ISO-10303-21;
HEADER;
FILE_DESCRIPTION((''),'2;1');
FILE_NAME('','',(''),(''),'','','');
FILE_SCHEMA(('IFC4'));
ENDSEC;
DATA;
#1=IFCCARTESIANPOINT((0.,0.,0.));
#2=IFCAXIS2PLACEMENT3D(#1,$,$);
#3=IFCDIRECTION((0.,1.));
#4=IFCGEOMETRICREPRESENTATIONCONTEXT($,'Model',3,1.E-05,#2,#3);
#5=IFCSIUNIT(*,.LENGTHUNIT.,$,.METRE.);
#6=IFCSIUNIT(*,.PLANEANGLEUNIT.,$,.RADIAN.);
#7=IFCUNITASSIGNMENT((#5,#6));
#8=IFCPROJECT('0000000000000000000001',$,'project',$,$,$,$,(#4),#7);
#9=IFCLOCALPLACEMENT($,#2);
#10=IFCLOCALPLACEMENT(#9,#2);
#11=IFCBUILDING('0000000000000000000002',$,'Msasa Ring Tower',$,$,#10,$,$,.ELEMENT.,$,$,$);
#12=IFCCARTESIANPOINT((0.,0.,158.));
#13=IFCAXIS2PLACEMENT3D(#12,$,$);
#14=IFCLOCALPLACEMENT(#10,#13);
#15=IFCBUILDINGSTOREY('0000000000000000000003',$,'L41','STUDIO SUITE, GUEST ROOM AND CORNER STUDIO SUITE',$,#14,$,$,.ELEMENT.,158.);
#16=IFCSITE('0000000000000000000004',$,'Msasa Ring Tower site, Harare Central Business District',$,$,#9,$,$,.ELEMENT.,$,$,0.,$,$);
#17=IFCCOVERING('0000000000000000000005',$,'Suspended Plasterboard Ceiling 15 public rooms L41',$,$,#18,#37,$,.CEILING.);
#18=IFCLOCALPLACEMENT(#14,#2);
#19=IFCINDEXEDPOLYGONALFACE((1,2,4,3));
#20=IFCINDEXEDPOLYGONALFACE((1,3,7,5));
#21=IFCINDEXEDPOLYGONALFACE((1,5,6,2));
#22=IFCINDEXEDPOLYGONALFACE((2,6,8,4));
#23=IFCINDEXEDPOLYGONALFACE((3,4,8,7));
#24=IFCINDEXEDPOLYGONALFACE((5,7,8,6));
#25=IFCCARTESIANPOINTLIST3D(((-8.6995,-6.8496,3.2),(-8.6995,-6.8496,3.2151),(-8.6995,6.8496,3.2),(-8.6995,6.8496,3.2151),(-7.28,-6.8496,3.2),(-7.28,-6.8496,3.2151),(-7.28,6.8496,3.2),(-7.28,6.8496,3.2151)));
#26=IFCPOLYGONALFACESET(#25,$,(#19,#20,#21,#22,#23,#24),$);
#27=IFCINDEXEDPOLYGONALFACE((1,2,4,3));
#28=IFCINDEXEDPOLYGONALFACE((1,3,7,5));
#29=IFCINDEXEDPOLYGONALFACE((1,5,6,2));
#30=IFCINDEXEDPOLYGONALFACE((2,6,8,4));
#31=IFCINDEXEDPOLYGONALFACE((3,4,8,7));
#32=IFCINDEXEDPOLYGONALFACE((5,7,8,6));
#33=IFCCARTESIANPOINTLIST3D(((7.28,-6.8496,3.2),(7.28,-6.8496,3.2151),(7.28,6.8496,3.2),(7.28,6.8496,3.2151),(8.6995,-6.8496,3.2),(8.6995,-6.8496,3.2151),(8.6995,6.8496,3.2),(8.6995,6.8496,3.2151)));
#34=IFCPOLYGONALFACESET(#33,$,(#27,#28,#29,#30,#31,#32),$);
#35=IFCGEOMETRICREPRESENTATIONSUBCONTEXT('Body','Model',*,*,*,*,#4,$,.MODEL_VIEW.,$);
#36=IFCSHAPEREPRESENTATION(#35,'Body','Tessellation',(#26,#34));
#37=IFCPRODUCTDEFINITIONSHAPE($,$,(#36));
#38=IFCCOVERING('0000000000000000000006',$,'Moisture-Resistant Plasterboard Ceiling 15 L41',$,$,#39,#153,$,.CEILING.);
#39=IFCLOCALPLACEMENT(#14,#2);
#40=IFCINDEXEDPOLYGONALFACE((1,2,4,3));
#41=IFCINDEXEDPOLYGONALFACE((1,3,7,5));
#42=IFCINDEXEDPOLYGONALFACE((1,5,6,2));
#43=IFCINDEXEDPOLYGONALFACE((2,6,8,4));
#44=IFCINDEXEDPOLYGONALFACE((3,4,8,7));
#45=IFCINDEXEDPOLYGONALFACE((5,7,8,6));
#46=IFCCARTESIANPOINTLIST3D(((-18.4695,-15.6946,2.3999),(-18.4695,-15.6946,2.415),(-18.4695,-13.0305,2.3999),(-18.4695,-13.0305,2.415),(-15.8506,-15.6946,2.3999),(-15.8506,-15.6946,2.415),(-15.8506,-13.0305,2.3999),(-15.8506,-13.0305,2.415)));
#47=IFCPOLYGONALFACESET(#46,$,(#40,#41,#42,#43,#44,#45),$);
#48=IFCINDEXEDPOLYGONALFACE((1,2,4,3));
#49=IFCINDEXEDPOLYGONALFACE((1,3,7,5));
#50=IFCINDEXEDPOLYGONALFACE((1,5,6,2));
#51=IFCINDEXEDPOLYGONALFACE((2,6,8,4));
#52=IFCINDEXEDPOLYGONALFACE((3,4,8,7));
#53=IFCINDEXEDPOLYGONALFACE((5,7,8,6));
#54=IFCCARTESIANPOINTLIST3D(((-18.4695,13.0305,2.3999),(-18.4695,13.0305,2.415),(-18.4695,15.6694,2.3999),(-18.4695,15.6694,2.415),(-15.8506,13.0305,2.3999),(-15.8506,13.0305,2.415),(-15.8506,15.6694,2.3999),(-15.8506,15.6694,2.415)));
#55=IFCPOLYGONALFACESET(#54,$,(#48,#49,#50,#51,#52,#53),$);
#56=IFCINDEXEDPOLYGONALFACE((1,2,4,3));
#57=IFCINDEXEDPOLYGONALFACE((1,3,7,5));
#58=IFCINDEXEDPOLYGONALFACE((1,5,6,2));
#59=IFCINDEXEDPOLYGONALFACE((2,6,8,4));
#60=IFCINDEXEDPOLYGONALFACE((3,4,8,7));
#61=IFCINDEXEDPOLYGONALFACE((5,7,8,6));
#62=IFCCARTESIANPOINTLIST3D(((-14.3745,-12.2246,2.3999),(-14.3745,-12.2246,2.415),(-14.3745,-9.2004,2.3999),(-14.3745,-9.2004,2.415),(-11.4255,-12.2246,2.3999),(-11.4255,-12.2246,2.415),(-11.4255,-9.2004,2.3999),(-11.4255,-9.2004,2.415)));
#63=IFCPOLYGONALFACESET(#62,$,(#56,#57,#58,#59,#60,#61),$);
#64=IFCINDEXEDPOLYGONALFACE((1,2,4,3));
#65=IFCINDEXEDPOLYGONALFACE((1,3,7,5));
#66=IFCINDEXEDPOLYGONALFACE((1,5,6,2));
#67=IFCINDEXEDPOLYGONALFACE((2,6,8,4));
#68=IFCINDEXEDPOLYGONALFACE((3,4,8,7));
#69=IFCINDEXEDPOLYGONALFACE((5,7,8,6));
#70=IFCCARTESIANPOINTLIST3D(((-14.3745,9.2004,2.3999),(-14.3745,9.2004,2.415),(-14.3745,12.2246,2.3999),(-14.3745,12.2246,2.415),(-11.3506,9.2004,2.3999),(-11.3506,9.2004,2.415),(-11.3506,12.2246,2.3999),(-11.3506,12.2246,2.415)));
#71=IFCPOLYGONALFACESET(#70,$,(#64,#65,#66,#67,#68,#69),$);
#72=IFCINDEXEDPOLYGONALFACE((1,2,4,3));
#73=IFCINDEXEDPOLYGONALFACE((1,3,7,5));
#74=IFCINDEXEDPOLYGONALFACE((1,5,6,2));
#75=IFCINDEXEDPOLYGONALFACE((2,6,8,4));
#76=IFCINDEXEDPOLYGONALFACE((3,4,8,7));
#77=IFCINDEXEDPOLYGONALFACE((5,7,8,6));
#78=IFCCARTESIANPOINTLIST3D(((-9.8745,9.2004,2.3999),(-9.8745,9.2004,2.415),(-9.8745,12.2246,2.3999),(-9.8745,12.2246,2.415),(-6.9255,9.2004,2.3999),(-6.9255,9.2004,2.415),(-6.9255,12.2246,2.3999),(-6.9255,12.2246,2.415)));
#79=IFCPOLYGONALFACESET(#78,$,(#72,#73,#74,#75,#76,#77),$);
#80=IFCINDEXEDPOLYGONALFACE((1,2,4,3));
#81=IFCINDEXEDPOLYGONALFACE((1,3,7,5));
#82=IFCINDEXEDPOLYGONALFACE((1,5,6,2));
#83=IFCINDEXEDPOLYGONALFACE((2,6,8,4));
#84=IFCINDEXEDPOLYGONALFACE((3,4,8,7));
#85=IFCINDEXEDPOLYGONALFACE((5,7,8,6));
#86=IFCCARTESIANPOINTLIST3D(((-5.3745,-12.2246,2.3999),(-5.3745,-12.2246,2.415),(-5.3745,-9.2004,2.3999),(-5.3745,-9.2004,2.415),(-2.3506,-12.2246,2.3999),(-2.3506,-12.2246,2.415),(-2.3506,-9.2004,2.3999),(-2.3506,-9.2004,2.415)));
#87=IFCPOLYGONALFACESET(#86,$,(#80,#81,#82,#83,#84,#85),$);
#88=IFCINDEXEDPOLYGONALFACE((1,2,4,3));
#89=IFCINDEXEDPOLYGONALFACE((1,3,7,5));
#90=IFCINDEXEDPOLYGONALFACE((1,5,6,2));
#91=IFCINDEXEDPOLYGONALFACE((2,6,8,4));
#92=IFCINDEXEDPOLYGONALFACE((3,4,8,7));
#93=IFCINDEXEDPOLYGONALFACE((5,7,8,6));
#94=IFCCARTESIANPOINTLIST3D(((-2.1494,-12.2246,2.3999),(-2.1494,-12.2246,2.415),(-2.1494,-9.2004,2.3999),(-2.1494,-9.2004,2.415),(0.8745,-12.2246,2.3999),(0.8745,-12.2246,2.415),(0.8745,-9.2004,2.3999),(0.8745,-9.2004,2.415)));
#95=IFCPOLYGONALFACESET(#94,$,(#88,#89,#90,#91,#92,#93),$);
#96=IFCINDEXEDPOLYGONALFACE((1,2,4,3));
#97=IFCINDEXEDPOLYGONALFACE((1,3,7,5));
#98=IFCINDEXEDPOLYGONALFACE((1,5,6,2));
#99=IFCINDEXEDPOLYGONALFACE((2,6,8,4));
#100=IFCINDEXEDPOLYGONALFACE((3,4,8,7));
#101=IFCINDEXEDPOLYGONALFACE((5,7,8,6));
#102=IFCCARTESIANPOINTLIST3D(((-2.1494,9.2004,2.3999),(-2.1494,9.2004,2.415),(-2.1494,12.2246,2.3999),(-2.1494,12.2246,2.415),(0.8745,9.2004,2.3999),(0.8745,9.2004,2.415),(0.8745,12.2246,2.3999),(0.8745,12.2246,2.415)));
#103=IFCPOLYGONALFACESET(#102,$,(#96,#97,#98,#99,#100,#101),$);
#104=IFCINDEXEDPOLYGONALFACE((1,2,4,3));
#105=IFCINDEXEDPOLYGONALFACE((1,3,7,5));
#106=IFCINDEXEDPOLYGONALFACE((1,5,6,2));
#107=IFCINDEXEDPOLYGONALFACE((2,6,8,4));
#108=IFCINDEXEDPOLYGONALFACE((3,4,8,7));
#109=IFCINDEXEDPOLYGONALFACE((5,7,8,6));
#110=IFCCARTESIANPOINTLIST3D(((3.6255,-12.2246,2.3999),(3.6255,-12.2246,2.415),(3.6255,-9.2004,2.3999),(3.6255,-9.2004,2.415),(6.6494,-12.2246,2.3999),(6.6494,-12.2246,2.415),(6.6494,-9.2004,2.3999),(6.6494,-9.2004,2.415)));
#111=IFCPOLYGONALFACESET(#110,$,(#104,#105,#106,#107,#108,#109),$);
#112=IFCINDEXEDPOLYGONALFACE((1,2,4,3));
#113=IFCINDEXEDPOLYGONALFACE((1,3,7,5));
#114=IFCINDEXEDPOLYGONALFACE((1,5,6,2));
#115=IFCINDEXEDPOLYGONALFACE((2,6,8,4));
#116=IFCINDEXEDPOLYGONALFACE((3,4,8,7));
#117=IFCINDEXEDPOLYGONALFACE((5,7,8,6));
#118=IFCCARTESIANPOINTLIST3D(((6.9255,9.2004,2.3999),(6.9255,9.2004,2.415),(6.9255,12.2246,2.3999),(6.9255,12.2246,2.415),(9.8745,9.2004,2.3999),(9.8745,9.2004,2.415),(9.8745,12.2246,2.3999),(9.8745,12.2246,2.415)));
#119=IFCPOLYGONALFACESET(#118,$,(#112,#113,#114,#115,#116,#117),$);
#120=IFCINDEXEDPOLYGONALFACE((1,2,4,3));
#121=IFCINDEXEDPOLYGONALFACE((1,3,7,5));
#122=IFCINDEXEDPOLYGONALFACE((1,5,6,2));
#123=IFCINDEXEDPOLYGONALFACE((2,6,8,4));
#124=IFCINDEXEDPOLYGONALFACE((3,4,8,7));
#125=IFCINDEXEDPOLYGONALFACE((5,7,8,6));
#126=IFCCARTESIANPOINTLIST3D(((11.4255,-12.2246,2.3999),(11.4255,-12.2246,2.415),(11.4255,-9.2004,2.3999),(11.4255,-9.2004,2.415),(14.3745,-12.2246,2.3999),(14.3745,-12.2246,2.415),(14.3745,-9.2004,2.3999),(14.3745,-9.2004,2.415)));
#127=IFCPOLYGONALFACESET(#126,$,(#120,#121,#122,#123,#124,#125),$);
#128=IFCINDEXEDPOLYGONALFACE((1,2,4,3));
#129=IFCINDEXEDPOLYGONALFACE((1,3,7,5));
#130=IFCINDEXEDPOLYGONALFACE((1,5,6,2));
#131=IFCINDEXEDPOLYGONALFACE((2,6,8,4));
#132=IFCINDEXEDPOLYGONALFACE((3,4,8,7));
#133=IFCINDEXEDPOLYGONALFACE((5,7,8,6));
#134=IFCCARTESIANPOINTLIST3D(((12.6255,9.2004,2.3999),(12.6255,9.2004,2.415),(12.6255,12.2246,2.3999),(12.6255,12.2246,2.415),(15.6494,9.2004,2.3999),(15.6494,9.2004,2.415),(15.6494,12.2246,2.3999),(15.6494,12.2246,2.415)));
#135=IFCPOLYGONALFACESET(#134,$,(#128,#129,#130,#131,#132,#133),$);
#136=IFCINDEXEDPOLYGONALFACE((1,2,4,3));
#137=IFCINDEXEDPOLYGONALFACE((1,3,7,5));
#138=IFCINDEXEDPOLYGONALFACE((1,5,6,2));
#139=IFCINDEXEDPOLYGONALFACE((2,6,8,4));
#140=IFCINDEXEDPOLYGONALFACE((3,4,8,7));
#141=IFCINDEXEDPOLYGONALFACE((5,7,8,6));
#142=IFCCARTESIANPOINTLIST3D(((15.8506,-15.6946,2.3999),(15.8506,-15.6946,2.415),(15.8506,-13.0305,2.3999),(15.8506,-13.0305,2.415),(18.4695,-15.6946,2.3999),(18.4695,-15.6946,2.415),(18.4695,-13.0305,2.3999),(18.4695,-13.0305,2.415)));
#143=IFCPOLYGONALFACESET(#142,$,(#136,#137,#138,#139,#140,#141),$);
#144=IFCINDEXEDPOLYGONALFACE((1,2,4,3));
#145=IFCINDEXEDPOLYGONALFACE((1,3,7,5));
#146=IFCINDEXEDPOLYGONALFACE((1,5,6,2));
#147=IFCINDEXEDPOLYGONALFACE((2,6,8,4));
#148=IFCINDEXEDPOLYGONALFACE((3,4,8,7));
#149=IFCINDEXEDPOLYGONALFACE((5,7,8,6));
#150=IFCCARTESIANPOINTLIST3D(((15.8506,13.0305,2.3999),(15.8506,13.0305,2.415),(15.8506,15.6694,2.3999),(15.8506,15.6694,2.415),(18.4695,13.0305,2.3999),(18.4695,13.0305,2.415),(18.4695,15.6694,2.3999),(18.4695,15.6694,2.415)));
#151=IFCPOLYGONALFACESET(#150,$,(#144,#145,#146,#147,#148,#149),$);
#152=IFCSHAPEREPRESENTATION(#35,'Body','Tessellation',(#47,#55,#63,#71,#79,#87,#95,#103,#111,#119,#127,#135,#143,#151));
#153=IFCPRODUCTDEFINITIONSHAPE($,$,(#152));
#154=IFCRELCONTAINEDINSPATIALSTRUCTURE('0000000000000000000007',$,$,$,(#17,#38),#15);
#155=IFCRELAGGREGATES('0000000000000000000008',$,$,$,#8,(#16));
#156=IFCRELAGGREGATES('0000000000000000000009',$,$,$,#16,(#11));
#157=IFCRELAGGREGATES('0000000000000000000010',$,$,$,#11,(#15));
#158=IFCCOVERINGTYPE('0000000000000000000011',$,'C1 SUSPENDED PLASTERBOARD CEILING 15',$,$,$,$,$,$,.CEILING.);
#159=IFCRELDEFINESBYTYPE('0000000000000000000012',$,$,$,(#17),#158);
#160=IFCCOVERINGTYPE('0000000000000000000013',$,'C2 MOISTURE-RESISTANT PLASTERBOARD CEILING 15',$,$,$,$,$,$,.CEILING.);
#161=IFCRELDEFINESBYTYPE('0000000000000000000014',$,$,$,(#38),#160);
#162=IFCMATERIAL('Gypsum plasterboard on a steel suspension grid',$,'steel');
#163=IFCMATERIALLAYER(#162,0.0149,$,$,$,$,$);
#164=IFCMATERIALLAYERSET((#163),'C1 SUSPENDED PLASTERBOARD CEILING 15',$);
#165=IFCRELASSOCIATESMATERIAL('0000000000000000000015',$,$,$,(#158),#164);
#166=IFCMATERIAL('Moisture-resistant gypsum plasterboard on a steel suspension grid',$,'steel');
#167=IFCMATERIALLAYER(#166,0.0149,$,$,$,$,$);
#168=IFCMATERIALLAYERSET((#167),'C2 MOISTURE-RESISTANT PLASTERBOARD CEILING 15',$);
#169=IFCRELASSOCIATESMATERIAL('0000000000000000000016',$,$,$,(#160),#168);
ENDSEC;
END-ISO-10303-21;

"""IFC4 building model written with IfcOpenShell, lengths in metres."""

from ifc_helpers import new_model, si_unit, direction, frame, origin, place, context, subcontext, project, spatial, line, indexed_curve, outline, extrude, material, layer, layer_set, type_object, element, save


model = new_model("IFC4")

# Units and contexts
model_context = context("Model", 3, precision=1e-05, world=origin(), true_north=direction((0.0, 1.0)))
body_context = subcontext(model_context, "Body", "Model", "MODEL_VIEW")
ifc_project = project(units=[si_unit("LENGTHUNIT", "METRE"), si_unit("PLANEANGLEUNIT", "RADIAN")], contexts=[model_context])

# Site, building, storey
site_placement = place(None, origin())
site = spatial("IfcSite", under=ifc_project, at=site_placement, Name="Msasa Ring Tower site, Harare Central Business District", CompositionType="ELEMENT", RefElevation=0.0)
building_placement = place(site_placement, origin())
building = spatial("IfcBuilding", under=site, at=building_placement, Name="Msasa Ring Tower", CompositionType="ELEMENT")
storey_placement = place(building_placement, frame((0.0, 0.0, 158.0)))
storey = spatial("IfcBuildingStorey", under=building, at=storey_placement, Name="L41", Description="STUDIO SUITE, GUEST ROOM AND CORNER STUDIO SUITE", CompositionType="ELEMENT", Elevation=158.0)

# Coverings
ifc_material_1 = material(Name="Gypsum plasterboard on a steel suspension grid", Category="steel")
ifc_layer_1 = layer(ifc_material_1, 0.0149)
ifc_layer_set_1 = layer_set([ifc_layer_1], Name="C1 SUSPENDED PLASTERBOARD CEILING 15")
covering_type_1 = type_object("IfcCoveringType", Name="C1 SUSPENDED PLASTERBOARD CEILING 15", PredefinedType="CEILING", material=ifc_layer_set_1)
covering_1_placement = place(storey_placement, frame((0.0, 0.0, 3.2)))
element("IfcCovering", 1, at=covering_1_placement, inside=storey, type_object=covering_type_1, Name="Suspended Plasterboard Ceiling 15 public rooms L41", PredefinedType="CEILING", context=body_context, shape_type="SweptSolid", body=[
    extrude(outline(indexed_curve([(-7.28, 6.8496), (-7.28, -6.8496), (-8.6995, -6.8496), (-8.6995, 6.8496)], segments=[line(1, 2, 3, 4, 1)], self_intersect=False)), origin(), (0.0, 0.0, 1.0), 0.0151),
    extrude(outline(indexed_curve([(8.6995, 6.8496), (8.6995, -6.8496), (7.28, -6.8496), (7.28, 6.8496)], segments=[line(1, 2, 3, 4, 1)], self_intersect=False)), origin(), (0.0, 0.0, 1.0), 0.0151),
])
ifc_material_2 = material(Name="Moisture-resistant gypsum plasterboard on a steel suspension grid", Category="steel")
ifc_layer_2 = layer(ifc_material_2, 0.0149)
ifc_layer_set_2 = layer_set([ifc_layer_2], Name="C2 MOISTURE-RESISTANT PLASTERBOARD CEILING 15")
covering_type_2 = type_object("IfcCoveringType", Name="C2 MOISTURE-RESISTANT PLASTERBOARD CEILING 15", PredefinedType="CEILING", material=ifc_layer_set_2)
covering_2_placement = place(storey_placement, frame((0.0, 0.0, 2.3999)))
element("IfcCovering", 2, at=covering_2_placement, inside=storey, type_object=covering_type_2, Name="Moisture-Resistant Plasterboard Ceiling 15 L41", PredefinedType="CEILING", context=body_context, shape_type="SweptSolid", body=[
    extrude(outline(indexed_curve([(-18.4695, -15.6946), (-18.4695, -13.0305), (-15.8506, -13.0305), (-15.8506, -15.6946)], segments=[line(1, 2, 3, 4, 1)], self_intersect=False)), origin(), (0.0, 0.0, 1.0), 0.0151),
    extrude(outline(indexed_curve([(-18.4695, 15.6694), (-15.8506, 15.6694), (-15.8506, 13.0305), (-18.4695, 13.0305)], segments=[line(1, 2, 3, 4, 1)], self_intersect=False)), origin(), (0.0, 0.0, 1.0), 0.0151),
    extrude(outline(indexed_curve([(-11.4255, -9.2004), (-11.4255, -12.2246), (-14.3745, -12.2246), (-14.3745, -9.2004)], segments=[line(1, 2, 3, 4, 1)], self_intersect=False)), origin(), (0.0, 0.0, 1.0), 0.0151),
    extrude(outline(indexed_curve([(-11.3506, 9.2004), (-14.3745, 9.2004), (-14.3745, 12.2246), (-11.3506, 12.2246)], segments=[line(1, 2, 3, 4, 1)], self_intersect=False)), origin(), (0.0, 0.0, 1.0), 0.0151),
    extrude(outline(indexed_curve([(-9.8745, 9.2004), (-9.8745, 12.2246), (-6.9255, 12.2246), (-6.9255, 9.2004)], segments=[line(1, 2, 3, 4, 1)], self_intersect=False)), origin(), (0.0, 0.0, 1.0), 0.0151),
    extrude(outline(indexed_curve([(-2.3506, -9.2004), (-2.3506, -12.2246), (-5.3745, -12.2246), (-5.3745, -9.2004)], segments=[line(1, 2, 3, 4, 1)], self_intersect=False)), origin(), (0.0, 0.0, 1.0), 0.0151),
    extrude(outline(indexed_curve([(-2.1494, -9.2004), (0.8745, -9.2004), (0.8745, -12.2246), (-2.1494, -12.2246)], segments=[line(1, 2, 3, 4, 1)], self_intersect=False)), origin(), (0.0, 0.0, 1.0), 0.0151),
    extrude(outline(indexed_curve([(-2.1494, 12.2246), (0.8745, 12.2246), (0.8745, 9.2004), (-2.1494, 9.2004)], segments=[line(1, 2, 3, 4, 1)], self_intersect=False)), origin(), (0.0, 0.0, 1.0), 0.0151),
    extrude(outline(indexed_curve([(6.6494, -9.2004), (6.6494, -12.2246), (3.6255, -12.2246), (3.6255, -9.2004)], segments=[line(1, 2, 3, 4, 1)], self_intersect=False)), origin(), (0.0, 0.0, 1.0), 0.0151),
    extrude(outline(indexed_curve([(6.9255, 9.2004), (6.9255, 12.2246), (9.8745, 12.2246), (9.8745, 9.2004)], segments=[line(1, 2, 3, 4, 1)], self_intersect=False)), origin(), (0.0, 0.0, 1.0), 0.0151),
    extrude(outline(indexed_curve([(14.3745, -9.2004), (14.3745, -12.2246), (11.4255, -12.2246), (11.4255, -9.2004)], segments=[line(1, 2, 3, 4, 1)], self_intersect=False)), origin(), (0.0, 0.0, 1.0), 0.0151),
    extrude(outline(indexed_curve([(15.6494, 9.2004), (12.6255, 9.2004), (12.6255, 12.2246), (15.6494, 12.2246)], segments=[line(1, 2, 3, 4, 1)], self_intersect=False)), origin(), (0.0, 0.0, 1.0), 0.0151),
    extrude(outline(indexed_curve([(15.8506, -15.6946), (15.8506, -13.0305), (18.4695, -13.0305), (18.4695, -15.6946)], segments=[line(1, 2, 3, 4, 1)], self_intersect=False)), origin(), (0.0, 0.0, 1.0), 0.0151),
    extrude(outline(indexed_curve([(15.8506, 15.6694), (18.4695, 15.6694), (18.4695, 13.0305), (15.8506, 13.0305)], segments=[line(1, 2, 3, 4, 1)], self_intersect=False)), origin(), (0.0, 0.0, 1.0), 0.0151),
])

save(model, "model.ifc")
